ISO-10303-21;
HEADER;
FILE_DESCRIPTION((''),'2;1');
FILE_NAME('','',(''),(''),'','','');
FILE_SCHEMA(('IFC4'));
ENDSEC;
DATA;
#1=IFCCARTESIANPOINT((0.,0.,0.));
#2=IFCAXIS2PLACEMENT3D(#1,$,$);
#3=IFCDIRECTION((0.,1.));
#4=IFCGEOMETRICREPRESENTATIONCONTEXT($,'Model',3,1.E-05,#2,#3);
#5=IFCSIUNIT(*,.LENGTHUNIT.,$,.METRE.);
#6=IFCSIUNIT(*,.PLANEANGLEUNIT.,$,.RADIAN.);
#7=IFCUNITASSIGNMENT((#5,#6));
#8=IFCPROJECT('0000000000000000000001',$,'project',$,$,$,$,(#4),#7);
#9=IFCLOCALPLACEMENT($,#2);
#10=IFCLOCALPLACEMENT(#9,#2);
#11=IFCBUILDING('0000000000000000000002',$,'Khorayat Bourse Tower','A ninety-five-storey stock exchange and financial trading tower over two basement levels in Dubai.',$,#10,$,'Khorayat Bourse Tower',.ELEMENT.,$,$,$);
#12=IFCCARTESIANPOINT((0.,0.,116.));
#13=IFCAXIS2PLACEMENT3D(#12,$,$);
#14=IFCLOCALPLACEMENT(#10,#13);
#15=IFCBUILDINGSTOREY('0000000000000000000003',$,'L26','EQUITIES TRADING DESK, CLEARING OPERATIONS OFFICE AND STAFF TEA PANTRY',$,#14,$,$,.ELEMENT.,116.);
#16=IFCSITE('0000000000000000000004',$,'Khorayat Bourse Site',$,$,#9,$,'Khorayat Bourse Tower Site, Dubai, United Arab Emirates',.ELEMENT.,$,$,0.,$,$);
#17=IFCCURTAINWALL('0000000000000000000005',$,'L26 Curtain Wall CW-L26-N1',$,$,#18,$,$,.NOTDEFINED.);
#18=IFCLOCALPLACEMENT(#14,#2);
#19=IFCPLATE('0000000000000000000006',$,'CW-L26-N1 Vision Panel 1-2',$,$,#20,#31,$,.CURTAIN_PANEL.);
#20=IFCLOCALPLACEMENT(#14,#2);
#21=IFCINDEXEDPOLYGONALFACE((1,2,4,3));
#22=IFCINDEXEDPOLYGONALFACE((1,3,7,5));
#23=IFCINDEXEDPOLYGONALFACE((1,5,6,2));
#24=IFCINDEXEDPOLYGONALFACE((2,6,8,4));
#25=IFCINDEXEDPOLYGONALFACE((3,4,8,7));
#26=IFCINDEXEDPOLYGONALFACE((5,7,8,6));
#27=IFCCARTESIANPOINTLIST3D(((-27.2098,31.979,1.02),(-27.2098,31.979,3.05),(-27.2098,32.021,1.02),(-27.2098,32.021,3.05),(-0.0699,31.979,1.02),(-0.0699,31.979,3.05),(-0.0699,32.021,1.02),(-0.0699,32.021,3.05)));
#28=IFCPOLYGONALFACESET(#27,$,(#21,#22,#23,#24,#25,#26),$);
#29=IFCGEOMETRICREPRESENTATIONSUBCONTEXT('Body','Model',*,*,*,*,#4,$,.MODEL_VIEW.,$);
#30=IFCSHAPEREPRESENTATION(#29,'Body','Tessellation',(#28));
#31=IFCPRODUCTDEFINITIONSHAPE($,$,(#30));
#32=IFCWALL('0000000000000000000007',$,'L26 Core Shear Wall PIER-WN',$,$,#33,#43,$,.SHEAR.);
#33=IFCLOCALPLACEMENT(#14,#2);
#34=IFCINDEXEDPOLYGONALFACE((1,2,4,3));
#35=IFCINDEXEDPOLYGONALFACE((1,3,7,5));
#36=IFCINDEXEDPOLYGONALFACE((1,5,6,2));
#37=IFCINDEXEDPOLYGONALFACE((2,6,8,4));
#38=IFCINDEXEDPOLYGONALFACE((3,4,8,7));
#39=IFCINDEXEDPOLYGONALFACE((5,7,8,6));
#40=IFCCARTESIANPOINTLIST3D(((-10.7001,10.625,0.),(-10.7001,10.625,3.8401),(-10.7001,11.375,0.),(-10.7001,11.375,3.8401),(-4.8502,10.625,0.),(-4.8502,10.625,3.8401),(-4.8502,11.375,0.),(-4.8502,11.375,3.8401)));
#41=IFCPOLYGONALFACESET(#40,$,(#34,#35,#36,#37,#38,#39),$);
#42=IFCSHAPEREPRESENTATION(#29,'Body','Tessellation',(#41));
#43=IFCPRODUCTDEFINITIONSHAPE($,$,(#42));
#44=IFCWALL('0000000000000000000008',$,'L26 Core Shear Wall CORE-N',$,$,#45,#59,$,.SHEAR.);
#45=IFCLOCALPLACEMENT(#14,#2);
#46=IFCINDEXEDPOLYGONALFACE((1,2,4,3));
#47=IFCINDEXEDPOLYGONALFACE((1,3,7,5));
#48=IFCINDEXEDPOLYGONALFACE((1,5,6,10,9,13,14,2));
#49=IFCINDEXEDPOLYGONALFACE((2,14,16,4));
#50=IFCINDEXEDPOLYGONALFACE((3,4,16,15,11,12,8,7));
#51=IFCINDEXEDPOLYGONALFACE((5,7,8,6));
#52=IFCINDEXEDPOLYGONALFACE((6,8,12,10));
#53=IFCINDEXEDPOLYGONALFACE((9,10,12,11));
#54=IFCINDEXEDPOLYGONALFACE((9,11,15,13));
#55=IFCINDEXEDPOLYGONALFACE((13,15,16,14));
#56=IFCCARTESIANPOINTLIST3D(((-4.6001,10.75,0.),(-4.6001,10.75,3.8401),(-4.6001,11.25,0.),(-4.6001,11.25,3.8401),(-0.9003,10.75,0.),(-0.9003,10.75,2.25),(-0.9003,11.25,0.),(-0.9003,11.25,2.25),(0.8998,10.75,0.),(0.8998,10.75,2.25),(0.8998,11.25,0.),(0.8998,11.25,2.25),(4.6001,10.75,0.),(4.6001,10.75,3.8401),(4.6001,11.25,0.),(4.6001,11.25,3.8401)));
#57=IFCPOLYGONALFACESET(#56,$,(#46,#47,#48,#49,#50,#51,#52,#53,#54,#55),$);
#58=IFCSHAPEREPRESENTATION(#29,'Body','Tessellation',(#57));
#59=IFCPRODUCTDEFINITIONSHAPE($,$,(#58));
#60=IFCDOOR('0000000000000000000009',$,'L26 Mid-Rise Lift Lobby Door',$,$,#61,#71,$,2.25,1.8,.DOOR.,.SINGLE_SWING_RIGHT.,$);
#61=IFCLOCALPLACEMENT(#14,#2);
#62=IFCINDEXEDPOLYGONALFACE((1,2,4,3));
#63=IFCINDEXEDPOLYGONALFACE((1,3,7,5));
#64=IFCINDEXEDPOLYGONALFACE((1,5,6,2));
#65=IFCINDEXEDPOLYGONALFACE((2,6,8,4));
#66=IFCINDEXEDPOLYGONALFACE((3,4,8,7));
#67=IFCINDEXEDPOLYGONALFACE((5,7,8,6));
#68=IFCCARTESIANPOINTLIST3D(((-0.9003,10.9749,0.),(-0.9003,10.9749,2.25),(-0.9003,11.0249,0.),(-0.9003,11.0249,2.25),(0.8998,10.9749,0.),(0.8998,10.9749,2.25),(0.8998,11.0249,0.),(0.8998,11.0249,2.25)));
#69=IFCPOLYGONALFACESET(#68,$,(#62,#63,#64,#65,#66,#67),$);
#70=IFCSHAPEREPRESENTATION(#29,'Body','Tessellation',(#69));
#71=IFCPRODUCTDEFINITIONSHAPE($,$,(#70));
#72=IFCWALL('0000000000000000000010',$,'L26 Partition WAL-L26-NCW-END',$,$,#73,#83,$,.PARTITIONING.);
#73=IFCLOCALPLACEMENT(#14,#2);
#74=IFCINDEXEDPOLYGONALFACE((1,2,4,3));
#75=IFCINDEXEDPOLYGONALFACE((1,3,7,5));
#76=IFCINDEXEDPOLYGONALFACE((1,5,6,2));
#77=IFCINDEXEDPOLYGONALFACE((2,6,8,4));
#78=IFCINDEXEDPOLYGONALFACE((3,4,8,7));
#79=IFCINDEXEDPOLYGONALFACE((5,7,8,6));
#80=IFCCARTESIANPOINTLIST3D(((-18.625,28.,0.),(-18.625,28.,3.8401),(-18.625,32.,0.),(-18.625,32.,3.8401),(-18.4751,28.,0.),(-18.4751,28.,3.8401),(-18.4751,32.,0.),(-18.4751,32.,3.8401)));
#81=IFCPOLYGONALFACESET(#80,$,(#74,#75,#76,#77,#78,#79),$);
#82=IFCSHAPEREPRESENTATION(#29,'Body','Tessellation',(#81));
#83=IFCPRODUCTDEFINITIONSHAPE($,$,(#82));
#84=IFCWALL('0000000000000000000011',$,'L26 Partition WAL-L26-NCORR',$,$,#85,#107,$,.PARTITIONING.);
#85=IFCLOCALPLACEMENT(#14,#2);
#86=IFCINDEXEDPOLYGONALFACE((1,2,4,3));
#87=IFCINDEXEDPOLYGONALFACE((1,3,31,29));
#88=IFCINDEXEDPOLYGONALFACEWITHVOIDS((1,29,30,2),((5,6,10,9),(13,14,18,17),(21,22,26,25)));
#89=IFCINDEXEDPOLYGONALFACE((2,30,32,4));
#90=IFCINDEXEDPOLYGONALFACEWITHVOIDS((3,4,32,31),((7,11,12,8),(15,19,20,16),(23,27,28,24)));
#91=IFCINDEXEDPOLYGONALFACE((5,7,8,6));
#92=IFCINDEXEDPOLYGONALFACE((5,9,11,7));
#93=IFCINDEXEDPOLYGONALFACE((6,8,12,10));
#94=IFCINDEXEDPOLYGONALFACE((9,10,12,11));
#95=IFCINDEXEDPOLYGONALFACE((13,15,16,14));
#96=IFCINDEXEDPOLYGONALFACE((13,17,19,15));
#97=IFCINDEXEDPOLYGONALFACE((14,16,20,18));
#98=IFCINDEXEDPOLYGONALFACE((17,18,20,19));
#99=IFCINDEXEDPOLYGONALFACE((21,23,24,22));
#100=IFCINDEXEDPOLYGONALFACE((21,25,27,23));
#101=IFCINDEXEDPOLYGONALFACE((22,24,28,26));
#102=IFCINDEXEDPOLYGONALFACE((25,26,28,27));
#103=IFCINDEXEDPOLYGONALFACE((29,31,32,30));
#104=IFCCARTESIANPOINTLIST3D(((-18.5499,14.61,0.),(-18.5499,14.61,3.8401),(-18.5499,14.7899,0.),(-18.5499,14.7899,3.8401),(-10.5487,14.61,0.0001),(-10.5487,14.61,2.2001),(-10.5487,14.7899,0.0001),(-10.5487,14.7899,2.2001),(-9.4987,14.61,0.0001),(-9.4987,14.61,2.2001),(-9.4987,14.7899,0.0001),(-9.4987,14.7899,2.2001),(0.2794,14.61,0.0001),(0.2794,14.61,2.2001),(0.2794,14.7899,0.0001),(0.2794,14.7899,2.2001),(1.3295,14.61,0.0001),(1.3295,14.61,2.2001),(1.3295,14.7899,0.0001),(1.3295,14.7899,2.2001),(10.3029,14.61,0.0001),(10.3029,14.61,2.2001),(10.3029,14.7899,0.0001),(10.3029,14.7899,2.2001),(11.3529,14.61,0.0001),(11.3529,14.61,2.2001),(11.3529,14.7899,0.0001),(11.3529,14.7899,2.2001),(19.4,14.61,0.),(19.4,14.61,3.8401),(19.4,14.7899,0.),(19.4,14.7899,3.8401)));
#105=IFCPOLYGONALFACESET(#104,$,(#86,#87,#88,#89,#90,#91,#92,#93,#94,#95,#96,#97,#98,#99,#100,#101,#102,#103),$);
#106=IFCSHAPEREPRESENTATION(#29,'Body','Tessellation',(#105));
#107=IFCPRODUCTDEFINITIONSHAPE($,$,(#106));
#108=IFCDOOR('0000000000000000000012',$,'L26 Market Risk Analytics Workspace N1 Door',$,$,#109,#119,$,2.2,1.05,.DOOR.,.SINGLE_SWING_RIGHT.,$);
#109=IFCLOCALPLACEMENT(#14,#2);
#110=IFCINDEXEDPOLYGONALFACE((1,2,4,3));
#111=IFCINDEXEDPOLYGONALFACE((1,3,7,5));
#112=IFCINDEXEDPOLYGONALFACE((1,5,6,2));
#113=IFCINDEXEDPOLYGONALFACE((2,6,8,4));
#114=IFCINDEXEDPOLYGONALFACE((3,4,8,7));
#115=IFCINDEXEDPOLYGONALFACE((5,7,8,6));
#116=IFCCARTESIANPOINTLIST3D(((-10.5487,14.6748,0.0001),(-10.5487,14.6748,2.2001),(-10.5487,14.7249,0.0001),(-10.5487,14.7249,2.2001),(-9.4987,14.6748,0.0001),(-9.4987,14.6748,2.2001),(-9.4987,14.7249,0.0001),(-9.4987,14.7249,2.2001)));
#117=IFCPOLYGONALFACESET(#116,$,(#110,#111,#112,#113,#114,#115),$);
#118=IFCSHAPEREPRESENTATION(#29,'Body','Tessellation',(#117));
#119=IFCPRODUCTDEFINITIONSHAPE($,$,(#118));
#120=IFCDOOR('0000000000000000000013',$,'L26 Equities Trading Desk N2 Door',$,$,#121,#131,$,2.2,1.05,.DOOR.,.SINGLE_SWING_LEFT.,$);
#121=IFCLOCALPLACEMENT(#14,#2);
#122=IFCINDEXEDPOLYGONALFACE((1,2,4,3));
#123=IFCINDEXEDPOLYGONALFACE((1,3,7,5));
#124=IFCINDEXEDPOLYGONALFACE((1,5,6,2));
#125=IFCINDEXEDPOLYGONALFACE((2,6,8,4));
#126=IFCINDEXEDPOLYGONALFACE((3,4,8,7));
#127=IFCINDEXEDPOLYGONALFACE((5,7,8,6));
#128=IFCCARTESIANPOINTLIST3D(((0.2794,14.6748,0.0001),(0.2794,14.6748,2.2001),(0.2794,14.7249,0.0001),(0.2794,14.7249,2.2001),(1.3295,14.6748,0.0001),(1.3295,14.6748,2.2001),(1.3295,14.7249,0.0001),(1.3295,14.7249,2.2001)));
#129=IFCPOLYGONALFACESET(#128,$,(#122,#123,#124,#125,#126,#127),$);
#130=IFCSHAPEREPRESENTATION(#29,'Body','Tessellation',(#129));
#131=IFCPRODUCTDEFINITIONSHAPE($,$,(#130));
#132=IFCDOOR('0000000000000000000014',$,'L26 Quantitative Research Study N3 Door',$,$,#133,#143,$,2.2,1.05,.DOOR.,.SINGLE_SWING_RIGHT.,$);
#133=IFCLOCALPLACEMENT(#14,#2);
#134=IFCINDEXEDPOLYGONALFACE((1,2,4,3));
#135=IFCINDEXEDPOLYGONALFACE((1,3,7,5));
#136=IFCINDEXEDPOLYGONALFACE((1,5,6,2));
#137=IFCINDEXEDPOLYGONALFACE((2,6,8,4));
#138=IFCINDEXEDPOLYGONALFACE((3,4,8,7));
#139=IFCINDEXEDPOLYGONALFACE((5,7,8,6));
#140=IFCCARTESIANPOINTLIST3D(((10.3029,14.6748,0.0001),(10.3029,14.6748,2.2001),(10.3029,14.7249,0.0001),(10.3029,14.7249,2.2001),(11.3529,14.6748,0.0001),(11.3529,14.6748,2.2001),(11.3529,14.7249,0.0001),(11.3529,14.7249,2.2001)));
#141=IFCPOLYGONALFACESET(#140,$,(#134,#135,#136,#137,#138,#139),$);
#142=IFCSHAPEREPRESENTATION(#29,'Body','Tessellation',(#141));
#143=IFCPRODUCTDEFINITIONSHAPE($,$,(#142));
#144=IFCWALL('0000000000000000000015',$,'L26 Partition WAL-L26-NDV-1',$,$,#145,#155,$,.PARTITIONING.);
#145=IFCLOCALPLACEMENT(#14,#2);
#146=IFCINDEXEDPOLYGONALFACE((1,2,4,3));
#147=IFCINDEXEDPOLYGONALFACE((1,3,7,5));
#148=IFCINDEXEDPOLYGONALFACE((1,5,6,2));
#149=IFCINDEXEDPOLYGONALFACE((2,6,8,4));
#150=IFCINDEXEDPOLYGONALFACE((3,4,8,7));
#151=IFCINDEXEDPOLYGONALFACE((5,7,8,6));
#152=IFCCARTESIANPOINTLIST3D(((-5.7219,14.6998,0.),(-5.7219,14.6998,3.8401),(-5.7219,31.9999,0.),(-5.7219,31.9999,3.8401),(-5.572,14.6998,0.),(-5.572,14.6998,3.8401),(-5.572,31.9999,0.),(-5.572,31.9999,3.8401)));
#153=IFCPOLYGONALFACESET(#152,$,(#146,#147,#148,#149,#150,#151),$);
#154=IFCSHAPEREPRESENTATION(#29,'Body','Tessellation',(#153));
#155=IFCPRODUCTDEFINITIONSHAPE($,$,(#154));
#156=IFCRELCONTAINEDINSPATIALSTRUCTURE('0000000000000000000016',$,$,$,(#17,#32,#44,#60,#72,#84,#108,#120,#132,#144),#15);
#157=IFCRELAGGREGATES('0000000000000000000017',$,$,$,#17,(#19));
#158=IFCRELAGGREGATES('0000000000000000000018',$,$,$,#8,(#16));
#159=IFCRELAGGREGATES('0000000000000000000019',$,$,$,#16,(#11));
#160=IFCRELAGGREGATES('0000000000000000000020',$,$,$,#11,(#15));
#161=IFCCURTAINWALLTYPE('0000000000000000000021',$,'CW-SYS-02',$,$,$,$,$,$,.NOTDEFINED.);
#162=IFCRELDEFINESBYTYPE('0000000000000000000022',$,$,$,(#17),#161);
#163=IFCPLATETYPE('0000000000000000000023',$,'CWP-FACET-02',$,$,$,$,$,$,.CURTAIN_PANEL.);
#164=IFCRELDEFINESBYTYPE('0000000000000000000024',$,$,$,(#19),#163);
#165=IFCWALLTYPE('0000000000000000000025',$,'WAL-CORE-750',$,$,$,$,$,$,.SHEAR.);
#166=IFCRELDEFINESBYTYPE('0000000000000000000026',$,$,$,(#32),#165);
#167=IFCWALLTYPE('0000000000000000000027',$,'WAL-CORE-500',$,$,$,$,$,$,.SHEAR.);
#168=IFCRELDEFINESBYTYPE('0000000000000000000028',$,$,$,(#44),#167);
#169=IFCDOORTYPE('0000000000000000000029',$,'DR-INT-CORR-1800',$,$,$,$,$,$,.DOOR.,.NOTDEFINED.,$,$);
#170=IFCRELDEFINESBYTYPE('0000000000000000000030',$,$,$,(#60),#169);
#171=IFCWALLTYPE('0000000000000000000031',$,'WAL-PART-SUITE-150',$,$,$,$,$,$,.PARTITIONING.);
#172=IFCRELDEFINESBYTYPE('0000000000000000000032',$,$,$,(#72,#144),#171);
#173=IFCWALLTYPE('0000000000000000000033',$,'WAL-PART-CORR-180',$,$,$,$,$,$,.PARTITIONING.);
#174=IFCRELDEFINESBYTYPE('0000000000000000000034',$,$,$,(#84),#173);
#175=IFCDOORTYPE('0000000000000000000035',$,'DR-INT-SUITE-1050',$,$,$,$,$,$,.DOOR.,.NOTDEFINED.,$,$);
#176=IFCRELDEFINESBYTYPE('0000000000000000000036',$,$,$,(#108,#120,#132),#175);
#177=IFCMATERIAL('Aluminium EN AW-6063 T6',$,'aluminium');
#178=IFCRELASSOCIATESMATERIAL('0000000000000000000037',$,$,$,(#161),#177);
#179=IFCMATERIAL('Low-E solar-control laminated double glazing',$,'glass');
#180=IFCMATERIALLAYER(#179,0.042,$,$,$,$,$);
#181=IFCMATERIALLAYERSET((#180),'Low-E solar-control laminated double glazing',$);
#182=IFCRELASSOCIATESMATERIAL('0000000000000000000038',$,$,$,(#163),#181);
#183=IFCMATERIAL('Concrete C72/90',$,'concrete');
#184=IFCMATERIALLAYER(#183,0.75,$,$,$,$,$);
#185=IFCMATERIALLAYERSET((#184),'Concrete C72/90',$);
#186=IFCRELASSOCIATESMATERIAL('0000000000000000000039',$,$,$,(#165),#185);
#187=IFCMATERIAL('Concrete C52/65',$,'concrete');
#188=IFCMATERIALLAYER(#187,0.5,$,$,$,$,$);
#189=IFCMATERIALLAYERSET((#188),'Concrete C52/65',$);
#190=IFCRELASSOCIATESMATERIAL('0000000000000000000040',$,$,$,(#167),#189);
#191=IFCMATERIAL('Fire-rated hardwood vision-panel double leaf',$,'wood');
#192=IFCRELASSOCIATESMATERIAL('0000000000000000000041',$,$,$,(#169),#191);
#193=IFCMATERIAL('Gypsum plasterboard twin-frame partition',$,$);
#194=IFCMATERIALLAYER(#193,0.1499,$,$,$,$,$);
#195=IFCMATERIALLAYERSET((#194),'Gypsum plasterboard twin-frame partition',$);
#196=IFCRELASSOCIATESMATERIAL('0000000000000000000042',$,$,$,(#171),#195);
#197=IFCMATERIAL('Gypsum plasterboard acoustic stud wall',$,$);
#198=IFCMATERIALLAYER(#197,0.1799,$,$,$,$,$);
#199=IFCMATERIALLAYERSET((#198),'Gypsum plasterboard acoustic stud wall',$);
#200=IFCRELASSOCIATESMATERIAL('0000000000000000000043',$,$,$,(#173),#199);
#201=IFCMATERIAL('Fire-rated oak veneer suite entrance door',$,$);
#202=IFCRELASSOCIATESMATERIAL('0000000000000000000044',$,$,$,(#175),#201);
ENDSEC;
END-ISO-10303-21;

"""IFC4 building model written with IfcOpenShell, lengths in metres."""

from ifc_helpers import new_model, si_unit, direction, frame, frame_2d, origin, origin_2d, place, context, subcontext, project, spatial, rectangle, extrude, source, transform, mapped, material, layer, layer_set, type_object, element, fill, aggregate, save


model = new_model("IFC4")

# Units and contexts
model_context = context("Model", 3, precision=1e-05, world=origin(), true_north=direction((0.0, 1.0)))
body_context = subcontext(model_context, "Body", "Model", "MODEL_VIEW")
ifc_project = project(units=[si_unit("LENGTHUNIT", "METRE"), si_unit("PLANEANGLEUNIT", "RADIAN")], contexts=[model_context])

# Site, building, storey
site_placement = place(None, origin())
site = spatial("IfcSite", under=ifc_project, at=site_placement, Name="Khorayat Bourse Site", LongName="Khorayat Bourse Tower Site, Dubai, United Arab Emirates", CompositionType="ELEMENT", RefElevation=0.0)
building_placement = place(site_placement, origin())
building = spatial("IfcBuilding", under=site, at=building_placement, Name="Khorayat Bourse Tower", Description="A ninety-five-storey stock exchange and financial trading tower over two basement levels in Dubai.", LongName="Khorayat Bourse Tower", CompositionType="ELEMENT")
storey_placement = place(building_placement, frame((0.0, 0.0, 116.0)))
storey = spatial("IfcBuildingStorey", under=building, at=storey_placement, Name="L26", Description="EQUITIES TRADING DESK, CLEARING OPERATIONS OFFICE AND STAFF TEA PANTRY", CompositionType="ELEMENT", Elevation=116.0)

# Shared definitions
ifc_material_1 = material(Name="Concrete C72/90", Category="concrete")

# Curtain wall
ifc_material_2 = material(Name="Aluminium EN AW-6063 T6", Category="aluminium")
curtain_wall_type = type_object("IfcCurtainWallType", Name="CW-SYS-02", PredefinedType="NOTDEFINED", material=ifc_material_2)
curtain_wall_placement = place(storey_placement, origin())
curtain_wall = element("IfcCurtainWall", 1, at=curtain_wall_placement, inside=storey, type_object=curtain_wall_type, Name="L26 Curtain Wall CW-L26-N1", PredefinedType="NOTDEFINED")

# Plate
ifc_material_3 = material(Name="Low-E solar-control laminated double glazing", Category="glass")
ifc_layer_1 = layer(ifc_material_3, 0.042)
ifc_layer_set_1 = layer_set([ifc_layer_1], Name="Low-E solar-control laminated double glazing")
plate_type_1 = type_object("IfcPlateType", Name="CWP-FACET-02", PredefinedType="CURTAIN_PANEL", material=ifc_layer_set_1)
shared_shape_1 = source(origin(), body_context, "Body", "SweptSolid", [
    extrude(rectangle(XDim=27.1399, YDim=0.042, at=origin_2d()), origin(), (0.0, 0.0, 1.0), 2.03),
])
plate_1_placement = place(storey_placement, frame((-13.6399, 32.0, 1.02), z_axis=(0.0, 0.0, 1.0), x_axis=(1.0, 0.0, 0.0)))
plate_1 = element("IfcPlate", 2, at=plate_1_placement, type_object=plate_type_1, Name="CW-L26-N1 Vision Panel 1-2", PredefinedType="CURTAIN_PANEL", context=body_context, shape_type="MappedRepresentation", body=[
    mapped(shared_shape_1, transform((0.0, 0.0, 0.0), scale=1.0)),
])
aggregate(curtain_wall, [plate_1])

# Wall
ifc_layer_2 = layer(ifc_material_1, 0.75)
ifc_layer_set_2 = layer_set([ifc_layer_2], Name="Concrete C72/90")
wall_type_1 = type_object("IfcWallType", Name="WAL-CORE-750", PredefinedType="SHEAR", material=ifc_layer_set_2)
shared_shape_2 = source(origin(), body_context, "Body", "SweptSolid", [
    extrude(rectangle(XDim=5.8499, YDim=0.75, at=frame_2d((2.9248, 0.0))), origin(), (0.0, 0.0, 1.0), 3.8401),
])
wall_1_placement = place(storey_placement, frame((-10.7, 11.0, 0.0), z_axis=(0.0, 0.0, 1.0), x_axis=(1.0, 0.0, 0.0)))
element("IfcWall", 3, at=wall_1_placement, inside=storey, type_object=wall_type_1, Name="L26 Core Shear Wall PIER-WN", PredefinedType="SHEAR", context=body_context, shape_type="MappedRepresentation", body=[
    mapped(shared_shape_2, transform((0.0, 0.0, 0.0), scale=1.0)),
])

# Wall, opening, door
ifc_material_4 = material(Name="Concrete C52/65", Category="concrete")
ifc_layer_3 = layer(ifc_material_4, 0.5)
ifc_layer_set_3 = layer_set([ifc_layer_3], Name="Concrete C52/65")
wall_type_2 = type_object("IfcWallType", Name="WAL-CORE-500", PredefinedType="SHEAR", material=ifc_layer_set_3)
shared_shape_3 = source(origin(), body_context, "Body", "SweptSolid", [
    extrude(rectangle(XDim=9.2002, YDim=0.5, at=frame_2d((4.6001, 0.0))), origin(), (0.0, 0.0, 1.0), 3.8401),
])
wall_2_placement = place(storey_placement, frame((-4.6001, 11.0, 0.0), z_axis=(0.0, 0.0, 1.0), x_axis=(1.0, 0.0, 0.0)))
wall_2 = element("IfcWall", 4, at=wall_2_placement, inside=storey, type_object=wall_type_2, Name="L26 Core Shear Wall CORE-N", PredefinedType="SHEAR", context=body_context, shape_type="MappedRepresentation", body=[
    mapped(shared_shape_3, transform((0.0, 0.0, 0.0), scale=1.0)),
])
shared_shape_4 = source(origin(), body_context, "Body", "SweptSolid", [
    extrude(rectangle(XDim=1.8, YDim=2.25, at=frame_2d((0.8999, 1.125))), frame((0.0, 0.26, 0.0), z_axis=(0.0, -1.0, 0.0), x_axis=(1.0, 0.0, 0.0)), (0.0, 0.0, 1.0), 0.52),
])
opening_1_placement = place(wall_2_placement, frame((3.7, 0.0, 0.0)))
opening_1 = element("IfcOpeningElement", 5, at=opening_1_placement, cuts=wall_2, PredefinedType="OPENING", context=body_context, shape_type="MappedRepresentation", body=[
    mapped(shared_shape_4, transform((0.0, 0.0, 0.0), scale=1.0)),
])
ifc_material_5 = material(Name="Fire-rated hardwood vision-panel double leaf", Category="wood")
door_type_1 = type_object("IfcDoorType", Name="DR-INT-CORR-1800", OperationType="NOTDEFINED", PredefinedType="DOOR", material=ifc_material_5)
shared_shape_5 = source(origin(), body_context, "Body", "SweptSolid", [
    extrude(rectangle(XDim=1.8, YDim=2.25, at=frame_2d((0.8999, 1.125))), frame((0.0, 0.0249, 0.0), z_axis=(0.0, -1.0, 0.0), x_axis=(1.0, 0.0, 0.0)), (0.0, 0.0, 1.0), 0.05),
])
door_1_placement = place(opening_1_placement, origin())
door_1 = element("IfcDoor", 6, at=door_1_placement, inside=storey, type_object=door_type_1, Name="L26 Mid-Rise Lift Lobby Door", OperationType="SINGLE_SWING_RIGHT", OverallHeight=2.25, OverallWidth=1.8, PredefinedType="DOOR", context=body_context, shape_type="MappedRepresentation", body=[
    mapped(shared_shape_5, transform((0.0, 0.0, 0.0), scale=1.0)),
])
fill(opening_1, door_1)

# Wall
ifc_material_6 = material(Name="Gypsum plasterboard twin-frame partition")
ifc_layer_4 = layer(ifc_material_6, 0.1499)
ifc_layer_set_4 = layer_set([ifc_layer_4], Name="Gypsum plasterboard twin-frame partition")
wall_type_3 = type_object("IfcWallType", Name="WAL-PART-SUITE-150", PredefinedType="PARTITIONING", material=ifc_layer_set_4)
shared_shape_6 = source(origin(), body_context, "Body", "SweptSolid", [
    extrude(rectangle(XDim=4.0, YDim=0.1499, at=frame_2d((2.0, 0.0))), origin(), (0.0, 0.0, 1.0), 3.8401),
])
wall_3_placement = place(storey_placement, frame((-18.55, 28.0, 0.0), z_axis=(0.0, 0.0, 1.0), x_axis=(0.0, 1.0, 0.0)))
element("IfcWall", 7, at=wall_3_placement, inside=storey, type_object=wall_type_3, Name="L26 Partition WAL-L26-NCW-END", PredefinedType="PARTITIONING", context=body_context, shape_type="MappedRepresentation", body=[
    mapped(shared_shape_6, transform((0.0, 0.0, 0.0), scale=1.0)),
])

# Wall, openings, doors
ifc_material_7 = material(Name="Gypsum plasterboard acoustic stud wall")
ifc_layer_5 = layer(ifc_material_7, 0.1799)
ifc_layer_set_5 = layer_set([ifc_layer_5], Name="Gypsum plasterboard acoustic stud wall")
wall_type_4 = type_object("IfcWallType", Name="WAL-PART-CORR-180", PredefinedType="PARTITIONING", material=ifc_layer_set_5)
shared_shape_7 = source(origin(), body_context, "Body", "SweptSolid", [
    extrude(rectangle(XDim=37.95, YDim=0.1799, at=frame_2d((18.9751, 0.0))), origin(), (0.0, 0.0, 1.0), 3.8401),
])
wall_4_placement = place(storey_placement, frame((-18.55, 14.7, 0.0), z_axis=(0.0, 0.0, 1.0), x_axis=(1.0, 0.0, 0.0)))
wall_4 = element("IfcWall", 8, at=wall_4_placement, inside=storey, type_object=wall_type_4, Name="L26 Partition WAL-L26-NCORR", PredefinedType="PARTITIONING", context=body_context, shape_type="MappedRepresentation", body=[
    mapped(shared_shape_7, transform((0.0, 0.0, 0.0), scale=1.0)),
])
shared_shape_8 = source(origin(), body_context, "Body", "SweptSolid", [
    extrude(rectangle(XDim=1.05, YDim=2.2, at=frame_2d((0.5249, 1.1001))), frame((0.0, 0.0999, 0.0), z_axis=(0.0, -1.0, 0.0), x_axis=(1.0, 0.0, 0.0)), (0.0, 0.0, 1.0), 0.2),
])
opening_2_placement = place(wall_4_placement, frame((8.0015, 0.0, 0.0)))
opening_2 = element("IfcOpeningElement", 9, at=opening_2_placement, cuts=wall_4, PredefinedType="OPENING", context=body_context, shape_type="MappedRepresentation", body=[
    mapped(shared_shape_8, transform((0.0, 0.0, 0.0), scale=1.0)),
])
opening_3_placement = place(wall_4_placement, frame((18.8296, 0.0, 0.0)))
opening_3 = element("IfcOpeningElement", 10, at=opening_3_placement, cuts=wall_4, PredefinedType="OPENING", context=body_context, shape_type="MappedRepresentation", body=[
    mapped(shared_shape_8, transform((0.0, 0.0, 0.0), scale=1.0)),
])
opening_4_placement = place(wall_4_placement, frame((28.853, 0.0, 0.0)))
opening_4 = element("IfcOpeningElement", 11, at=opening_4_placement, cuts=wall_4, PredefinedType="OPENING", context=body_context, shape_type="MappedRepresentation", body=[
    mapped(shared_shape_8, transform((0.0, 0.0, 0.0), scale=1.0)),
])
ifc_material_8 = material(Name="Fire-rated oak veneer suite entrance door")
door_type_2 = type_object("IfcDoorType", Name="DR-INT-SUITE-1050", OperationType="NOTDEFINED", PredefinedType="DOOR", material=ifc_material_8)
shared_shape_9 = source(origin(), body_context, "Body", "SweptSolid", [
    extrude(rectangle(XDim=1.05, YDim=2.2, at=frame_2d((0.5249, 1.1001))), frame((0.0, 0.0249, 0.0), z_axis=(0.0, -1.0, 0.0), x_axis=(1.0, 0.0, 0.0)), (0.0, 0.0, 1.0), 0.05),
])
door_2_placement = place(opening_2_placement, origin())
door_2 = element("IfcDoor", 12, at=door_2_placement, inside=storey, type_object=door_type_2, Name="L26 Market Risk Analytics Workspace N1 Door", OperationType="SINGLE_SWING_RIGHT", OverallHeight=2.2, OverallWidth=1.05, PredefinedType="DOOR", context=body_context, shape_type="MappedRepresentation", body=[
    mapped(shared_shape_9, transform((0.0, 0.0, 0.0), scale=1.0)),
])
fill(opening_2, door_2)
door_3_placement = place(opening_3_placement, origin())
door_3 = element("IfcDoor", 13, at=door_3_placement, inside=storey, type_object=door_type_2, Name="L26 Equities Trading Desk N2 Door", OperationType="SINGLE_SWING_LEFT", OverallHeight=2.2, OverallWidth=1.05, PredefinedType="DOOR", context=body_context, shape_type="MappedRepresentation", body=[
    mapped(shared_shape_9, transform((0.0, 0.0, 0.0), scale=1.0)),
])
fill(opening_3, door_3)
door_4_placement = place(opening_4_placement, origin())
door_4 = element("IfcDoor", 14, at=door_4_placement, inside=storey, type_object=door_type_2, Name="L26 Quantitative Research Study N3 Door", OperationType="SINGLE_SWING_RIGHT", OverallHeight=2.2, OverallWidth=1.05, PredefinedType="DOOR", context=body_context, shape_type="MappedRepresentation", body=[
    mapped(shared_shape_9, transform((0.0, 0.0, 0.0), scale=1.0)),
])
fill(opening_4, door_4)

# Wall
shared_shape_10 = source(origin(), body_context, "Body", "SweptSolid", [
    extrude(rectangle(XDim=17.3, YDim=0.1499, at=frame_2d((8.6499, 0.0))), origin(), (0.0, 0.0, 1.0), 3.8401),
])
wall_5_placement = place(storey_placement, frame((-5.647, 14.7, 0.0), z_axis=(0.0, 0.0, 1.0), x_axis=(0.0, 1.0, 0.0)))
element("IfcWall", 15, at=wall_5_placement, inside=storey, type_object=wall_type_3, Name="L26 Partition WAL-L26-NDV-1", PredefinedType="PARTITIONING", context=body_context, shape_type="MappedRepresentation", body=[
    mapped(shared_shape_10, transform((0.0, 0.0, 0.0), scale=1.0)),
])

save(model, "model.ifc")
